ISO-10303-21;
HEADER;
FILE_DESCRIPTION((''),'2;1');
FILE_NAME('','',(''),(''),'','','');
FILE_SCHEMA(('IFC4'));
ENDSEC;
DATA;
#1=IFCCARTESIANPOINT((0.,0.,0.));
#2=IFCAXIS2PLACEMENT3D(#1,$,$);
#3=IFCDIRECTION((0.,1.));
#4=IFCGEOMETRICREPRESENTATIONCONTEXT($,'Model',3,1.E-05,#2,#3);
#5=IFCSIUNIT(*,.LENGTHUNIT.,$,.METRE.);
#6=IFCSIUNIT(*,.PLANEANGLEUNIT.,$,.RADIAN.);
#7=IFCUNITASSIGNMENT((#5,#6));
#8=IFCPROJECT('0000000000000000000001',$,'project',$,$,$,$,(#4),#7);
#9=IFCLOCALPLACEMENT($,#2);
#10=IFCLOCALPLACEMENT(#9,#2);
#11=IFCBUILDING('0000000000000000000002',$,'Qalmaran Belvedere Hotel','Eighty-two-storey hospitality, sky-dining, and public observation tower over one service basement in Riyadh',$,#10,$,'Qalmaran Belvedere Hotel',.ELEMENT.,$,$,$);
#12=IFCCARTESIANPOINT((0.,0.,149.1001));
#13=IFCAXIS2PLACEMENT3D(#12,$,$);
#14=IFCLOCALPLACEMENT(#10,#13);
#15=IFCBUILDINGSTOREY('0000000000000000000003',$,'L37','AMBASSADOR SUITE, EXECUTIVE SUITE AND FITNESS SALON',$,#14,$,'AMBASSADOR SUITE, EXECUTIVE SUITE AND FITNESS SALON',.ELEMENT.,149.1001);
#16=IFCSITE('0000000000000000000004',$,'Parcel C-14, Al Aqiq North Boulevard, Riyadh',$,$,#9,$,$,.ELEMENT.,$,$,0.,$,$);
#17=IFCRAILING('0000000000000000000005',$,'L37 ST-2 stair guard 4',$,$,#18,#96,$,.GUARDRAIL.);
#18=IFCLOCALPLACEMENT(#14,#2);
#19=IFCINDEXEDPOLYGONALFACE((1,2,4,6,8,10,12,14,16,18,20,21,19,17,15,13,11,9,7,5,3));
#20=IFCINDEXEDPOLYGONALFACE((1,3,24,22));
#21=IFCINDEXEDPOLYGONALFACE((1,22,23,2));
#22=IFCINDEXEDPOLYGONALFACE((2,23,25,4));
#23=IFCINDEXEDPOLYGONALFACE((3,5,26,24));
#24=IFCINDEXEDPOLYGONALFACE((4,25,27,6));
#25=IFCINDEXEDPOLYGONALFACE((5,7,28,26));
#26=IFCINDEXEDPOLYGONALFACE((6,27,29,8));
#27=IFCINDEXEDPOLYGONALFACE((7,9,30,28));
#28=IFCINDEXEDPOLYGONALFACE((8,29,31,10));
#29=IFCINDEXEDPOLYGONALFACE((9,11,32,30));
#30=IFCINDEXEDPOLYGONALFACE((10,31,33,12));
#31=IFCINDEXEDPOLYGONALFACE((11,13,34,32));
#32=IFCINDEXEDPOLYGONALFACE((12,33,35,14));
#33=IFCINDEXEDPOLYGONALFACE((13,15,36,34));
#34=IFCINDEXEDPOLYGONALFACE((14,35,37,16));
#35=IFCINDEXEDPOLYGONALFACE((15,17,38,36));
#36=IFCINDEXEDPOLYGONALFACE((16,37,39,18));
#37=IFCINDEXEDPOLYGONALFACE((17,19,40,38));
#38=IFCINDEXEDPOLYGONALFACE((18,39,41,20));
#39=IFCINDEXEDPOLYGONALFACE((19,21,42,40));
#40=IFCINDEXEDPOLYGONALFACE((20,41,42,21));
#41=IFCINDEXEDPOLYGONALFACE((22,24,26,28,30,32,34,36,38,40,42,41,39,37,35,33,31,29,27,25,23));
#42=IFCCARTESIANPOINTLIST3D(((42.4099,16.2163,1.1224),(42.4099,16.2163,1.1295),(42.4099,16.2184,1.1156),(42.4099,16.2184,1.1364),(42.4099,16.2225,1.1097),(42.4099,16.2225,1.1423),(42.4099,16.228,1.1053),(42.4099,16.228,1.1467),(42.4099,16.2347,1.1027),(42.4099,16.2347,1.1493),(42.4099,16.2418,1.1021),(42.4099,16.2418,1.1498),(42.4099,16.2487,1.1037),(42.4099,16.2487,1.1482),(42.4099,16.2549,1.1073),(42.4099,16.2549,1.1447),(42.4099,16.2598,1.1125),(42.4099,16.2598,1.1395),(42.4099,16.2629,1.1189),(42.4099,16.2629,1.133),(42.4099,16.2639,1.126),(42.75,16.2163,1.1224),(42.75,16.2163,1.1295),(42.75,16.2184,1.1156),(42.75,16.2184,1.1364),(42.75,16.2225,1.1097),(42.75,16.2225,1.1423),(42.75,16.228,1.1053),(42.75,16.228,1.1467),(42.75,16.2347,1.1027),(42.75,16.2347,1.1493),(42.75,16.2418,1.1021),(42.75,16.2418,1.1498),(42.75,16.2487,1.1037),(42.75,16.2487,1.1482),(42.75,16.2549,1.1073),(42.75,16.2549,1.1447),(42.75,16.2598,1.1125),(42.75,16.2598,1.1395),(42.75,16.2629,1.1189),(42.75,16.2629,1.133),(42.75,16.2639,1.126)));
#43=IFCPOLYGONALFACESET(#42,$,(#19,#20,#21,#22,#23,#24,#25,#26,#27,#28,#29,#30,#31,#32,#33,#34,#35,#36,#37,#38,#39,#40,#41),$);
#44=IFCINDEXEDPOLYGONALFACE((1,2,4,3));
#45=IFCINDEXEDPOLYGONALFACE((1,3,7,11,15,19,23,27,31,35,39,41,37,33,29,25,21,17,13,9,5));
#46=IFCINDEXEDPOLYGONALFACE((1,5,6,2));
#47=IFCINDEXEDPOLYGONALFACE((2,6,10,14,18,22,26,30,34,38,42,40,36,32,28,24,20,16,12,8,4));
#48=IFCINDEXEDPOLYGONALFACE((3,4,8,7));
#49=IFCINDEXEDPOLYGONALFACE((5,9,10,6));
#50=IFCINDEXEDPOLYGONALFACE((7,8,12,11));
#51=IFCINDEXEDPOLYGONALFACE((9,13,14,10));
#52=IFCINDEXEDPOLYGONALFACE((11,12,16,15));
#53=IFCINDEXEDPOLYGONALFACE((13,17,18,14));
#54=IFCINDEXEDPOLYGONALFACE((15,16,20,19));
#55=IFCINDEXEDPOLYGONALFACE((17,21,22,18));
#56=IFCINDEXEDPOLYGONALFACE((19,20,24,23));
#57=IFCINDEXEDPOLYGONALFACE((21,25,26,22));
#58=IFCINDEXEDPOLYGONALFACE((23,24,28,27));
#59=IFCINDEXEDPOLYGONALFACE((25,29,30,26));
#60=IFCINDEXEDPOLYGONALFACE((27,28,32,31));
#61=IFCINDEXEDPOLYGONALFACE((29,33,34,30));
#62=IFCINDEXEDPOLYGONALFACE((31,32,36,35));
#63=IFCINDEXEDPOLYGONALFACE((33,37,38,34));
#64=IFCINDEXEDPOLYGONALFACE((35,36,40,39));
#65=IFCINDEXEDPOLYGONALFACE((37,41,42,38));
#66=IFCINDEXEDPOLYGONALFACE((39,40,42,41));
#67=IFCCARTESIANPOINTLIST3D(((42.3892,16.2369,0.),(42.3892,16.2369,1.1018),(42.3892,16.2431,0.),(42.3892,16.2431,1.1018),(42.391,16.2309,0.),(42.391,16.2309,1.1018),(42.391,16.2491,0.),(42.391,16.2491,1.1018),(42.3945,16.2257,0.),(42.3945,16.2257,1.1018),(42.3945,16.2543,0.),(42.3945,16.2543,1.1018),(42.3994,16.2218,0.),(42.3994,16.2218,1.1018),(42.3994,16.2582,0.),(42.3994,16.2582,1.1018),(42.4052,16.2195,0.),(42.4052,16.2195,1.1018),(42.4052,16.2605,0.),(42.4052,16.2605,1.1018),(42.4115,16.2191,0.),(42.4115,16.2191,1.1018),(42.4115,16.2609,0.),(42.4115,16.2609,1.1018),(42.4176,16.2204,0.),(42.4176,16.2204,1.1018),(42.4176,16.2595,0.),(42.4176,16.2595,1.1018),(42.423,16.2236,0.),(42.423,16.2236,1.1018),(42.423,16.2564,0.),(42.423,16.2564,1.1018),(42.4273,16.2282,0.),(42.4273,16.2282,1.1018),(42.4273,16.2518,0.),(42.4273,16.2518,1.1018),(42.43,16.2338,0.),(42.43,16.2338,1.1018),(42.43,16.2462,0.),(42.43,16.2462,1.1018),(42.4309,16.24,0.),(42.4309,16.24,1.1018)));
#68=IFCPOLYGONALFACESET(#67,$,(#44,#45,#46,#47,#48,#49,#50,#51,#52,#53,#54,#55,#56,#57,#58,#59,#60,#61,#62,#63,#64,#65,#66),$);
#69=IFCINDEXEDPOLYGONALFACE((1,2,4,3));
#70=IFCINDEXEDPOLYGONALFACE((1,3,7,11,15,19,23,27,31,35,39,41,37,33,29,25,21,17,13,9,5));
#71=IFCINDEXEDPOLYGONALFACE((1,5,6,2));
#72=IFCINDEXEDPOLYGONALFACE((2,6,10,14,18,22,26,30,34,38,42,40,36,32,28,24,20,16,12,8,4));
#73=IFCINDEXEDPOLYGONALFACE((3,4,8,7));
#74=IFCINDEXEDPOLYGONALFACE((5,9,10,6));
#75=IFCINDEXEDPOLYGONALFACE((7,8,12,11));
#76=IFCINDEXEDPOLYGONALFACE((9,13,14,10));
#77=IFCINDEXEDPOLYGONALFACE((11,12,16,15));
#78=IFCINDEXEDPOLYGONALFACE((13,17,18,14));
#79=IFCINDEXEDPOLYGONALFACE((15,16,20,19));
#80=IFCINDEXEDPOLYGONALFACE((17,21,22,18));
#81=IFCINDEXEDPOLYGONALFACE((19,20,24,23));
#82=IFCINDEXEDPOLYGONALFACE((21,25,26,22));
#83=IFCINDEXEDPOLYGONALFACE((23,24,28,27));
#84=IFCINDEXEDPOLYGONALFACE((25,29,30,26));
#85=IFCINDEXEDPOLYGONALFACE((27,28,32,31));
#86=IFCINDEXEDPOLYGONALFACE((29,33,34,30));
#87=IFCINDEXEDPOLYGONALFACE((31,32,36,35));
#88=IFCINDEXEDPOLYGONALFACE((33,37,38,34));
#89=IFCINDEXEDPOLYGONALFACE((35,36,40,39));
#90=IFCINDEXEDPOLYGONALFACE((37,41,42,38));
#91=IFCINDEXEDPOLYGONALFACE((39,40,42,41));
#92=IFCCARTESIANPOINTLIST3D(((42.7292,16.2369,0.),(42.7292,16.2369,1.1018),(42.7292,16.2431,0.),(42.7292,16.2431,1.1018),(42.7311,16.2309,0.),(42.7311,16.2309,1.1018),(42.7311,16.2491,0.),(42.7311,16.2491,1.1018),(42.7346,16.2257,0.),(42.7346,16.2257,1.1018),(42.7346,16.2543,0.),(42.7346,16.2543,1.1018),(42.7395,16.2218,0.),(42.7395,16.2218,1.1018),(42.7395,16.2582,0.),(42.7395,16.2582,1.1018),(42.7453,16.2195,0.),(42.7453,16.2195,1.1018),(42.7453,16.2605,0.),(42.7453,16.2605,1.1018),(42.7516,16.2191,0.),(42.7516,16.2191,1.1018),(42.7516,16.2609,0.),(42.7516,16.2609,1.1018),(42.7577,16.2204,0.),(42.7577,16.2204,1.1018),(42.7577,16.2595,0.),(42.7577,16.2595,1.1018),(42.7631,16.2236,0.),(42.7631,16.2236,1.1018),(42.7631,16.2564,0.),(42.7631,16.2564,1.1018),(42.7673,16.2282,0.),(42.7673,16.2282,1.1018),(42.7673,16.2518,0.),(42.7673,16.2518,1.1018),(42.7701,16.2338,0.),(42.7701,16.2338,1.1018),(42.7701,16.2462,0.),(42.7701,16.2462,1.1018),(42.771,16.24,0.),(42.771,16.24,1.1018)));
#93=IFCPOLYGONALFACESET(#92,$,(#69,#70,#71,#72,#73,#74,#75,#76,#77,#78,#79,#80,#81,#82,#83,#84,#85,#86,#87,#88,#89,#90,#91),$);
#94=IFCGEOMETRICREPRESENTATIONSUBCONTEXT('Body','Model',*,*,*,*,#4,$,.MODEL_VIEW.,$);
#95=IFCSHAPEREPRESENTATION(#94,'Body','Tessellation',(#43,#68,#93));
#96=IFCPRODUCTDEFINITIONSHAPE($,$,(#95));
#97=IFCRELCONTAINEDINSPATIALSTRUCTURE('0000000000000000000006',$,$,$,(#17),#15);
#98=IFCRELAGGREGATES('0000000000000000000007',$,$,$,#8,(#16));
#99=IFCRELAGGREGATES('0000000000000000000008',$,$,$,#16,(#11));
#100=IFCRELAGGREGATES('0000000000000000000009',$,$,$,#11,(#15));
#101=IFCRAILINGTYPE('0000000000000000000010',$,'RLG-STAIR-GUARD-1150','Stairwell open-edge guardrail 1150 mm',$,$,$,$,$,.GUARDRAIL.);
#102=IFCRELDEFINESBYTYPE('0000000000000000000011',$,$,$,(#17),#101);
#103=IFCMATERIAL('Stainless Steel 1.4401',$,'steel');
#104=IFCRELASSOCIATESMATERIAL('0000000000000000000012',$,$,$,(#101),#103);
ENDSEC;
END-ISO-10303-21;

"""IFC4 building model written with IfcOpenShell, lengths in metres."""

from ifc_helpers import new_model, si_unit, direction, frame, origin, origin_2d, place, context, subcontext, project, spatial, circle, extrude, material, type_object, element, save


model = new_model("IFC4")

# Units and contexts
model_context = context("Model", 3, precision=1e-05, world=origin(), true_north=direction((0.0, 1.0)))
body_context = subcontext(model_context, "Body", "Model", "MODEL_VIEW")
ifc_project = project(units=[si_unit("LENGTHUNIT", "METRE"), si_unit("PLANEANGLEUNIT", "RADIAN")], contexts=[model_context])

# Site, building, storey
site_placement = place(None, origin())
site = spatial("IfcSite", under=ifc_project, at=site_placement, Name="Parcel C-14, Al Aqiq North Boulevard, Riyadh", CompositionType="ELEMENT", RefElevation=0.0)
building_placement = place(site_placement, origin())
building = spatial("IfcBuilding", under=site, at=building_placement, Name="Qalmaran Belvedere Hotel", Description="Eighty-two-storey hospitality, sky-dining, and public observation tower over one service basement in Riyadh", LongName="Qalmaran Belvedere Hotel", CompositionType="ELEMENT")
storey_placement = place(building_placement, frame((0.0, 0.0, 149.1001)))
storey = spatial("IfcBuildingStorey", under=building, at=storey_placement, Name="L37", Description="AMBASSADOR SUITE, EXECUTIVE SUITE AND FITNESS SALON", LongName="AMBASSADOR SUITE, EXECUTIVE SUITE AND FITNESS SALON", CompositionType="ELEMENT", Elevation=149.1001)

# Railing
ifc_material_1 = material(Name="Stainless Steel 1.4401", Category="steel")
railing_type_1 = type_object("IfcRailingType", Name="RLG-STAIR-GUARD-1150", Description="Stairwell open-edge guardrail 1150 mm", PredefinedType="GUARDRAIL", material=ifc_material_1)
railing_1_placement = place(storey_placement, frame((42.4099, 16.24, 0.0)))
element("IfcRailing", 1, at=railing_1_placement, inside=storey, type_object=railing_type_1, Name="L37 ST-2 stair guard 4", PredefinedType="GUARDRAIL", context=body_context, shape_type="SweptSolid", body=[
    extrude(circle(Radius=0.0239, at=origin_2d()), frame((0.0, 0.0, 1.126), z_axis=(1.0, 0.0, 0.0), x_axis=(0.0, 1.0, 0.0)), (0.0, 0.0, 1.0), 0.3401),
    extrude(circle(Radius=0.021, at=origin_2d()), origin(), (0.0, 0.0, 1.0), 1.1018),
    extrude(circle(Radius=0.021, at=origin_2d()), frame((0.3401, 0.0, 0.0)), (0.0, 0.0, 1.0), 1.1018),
])

save(model, "model.ifc")
